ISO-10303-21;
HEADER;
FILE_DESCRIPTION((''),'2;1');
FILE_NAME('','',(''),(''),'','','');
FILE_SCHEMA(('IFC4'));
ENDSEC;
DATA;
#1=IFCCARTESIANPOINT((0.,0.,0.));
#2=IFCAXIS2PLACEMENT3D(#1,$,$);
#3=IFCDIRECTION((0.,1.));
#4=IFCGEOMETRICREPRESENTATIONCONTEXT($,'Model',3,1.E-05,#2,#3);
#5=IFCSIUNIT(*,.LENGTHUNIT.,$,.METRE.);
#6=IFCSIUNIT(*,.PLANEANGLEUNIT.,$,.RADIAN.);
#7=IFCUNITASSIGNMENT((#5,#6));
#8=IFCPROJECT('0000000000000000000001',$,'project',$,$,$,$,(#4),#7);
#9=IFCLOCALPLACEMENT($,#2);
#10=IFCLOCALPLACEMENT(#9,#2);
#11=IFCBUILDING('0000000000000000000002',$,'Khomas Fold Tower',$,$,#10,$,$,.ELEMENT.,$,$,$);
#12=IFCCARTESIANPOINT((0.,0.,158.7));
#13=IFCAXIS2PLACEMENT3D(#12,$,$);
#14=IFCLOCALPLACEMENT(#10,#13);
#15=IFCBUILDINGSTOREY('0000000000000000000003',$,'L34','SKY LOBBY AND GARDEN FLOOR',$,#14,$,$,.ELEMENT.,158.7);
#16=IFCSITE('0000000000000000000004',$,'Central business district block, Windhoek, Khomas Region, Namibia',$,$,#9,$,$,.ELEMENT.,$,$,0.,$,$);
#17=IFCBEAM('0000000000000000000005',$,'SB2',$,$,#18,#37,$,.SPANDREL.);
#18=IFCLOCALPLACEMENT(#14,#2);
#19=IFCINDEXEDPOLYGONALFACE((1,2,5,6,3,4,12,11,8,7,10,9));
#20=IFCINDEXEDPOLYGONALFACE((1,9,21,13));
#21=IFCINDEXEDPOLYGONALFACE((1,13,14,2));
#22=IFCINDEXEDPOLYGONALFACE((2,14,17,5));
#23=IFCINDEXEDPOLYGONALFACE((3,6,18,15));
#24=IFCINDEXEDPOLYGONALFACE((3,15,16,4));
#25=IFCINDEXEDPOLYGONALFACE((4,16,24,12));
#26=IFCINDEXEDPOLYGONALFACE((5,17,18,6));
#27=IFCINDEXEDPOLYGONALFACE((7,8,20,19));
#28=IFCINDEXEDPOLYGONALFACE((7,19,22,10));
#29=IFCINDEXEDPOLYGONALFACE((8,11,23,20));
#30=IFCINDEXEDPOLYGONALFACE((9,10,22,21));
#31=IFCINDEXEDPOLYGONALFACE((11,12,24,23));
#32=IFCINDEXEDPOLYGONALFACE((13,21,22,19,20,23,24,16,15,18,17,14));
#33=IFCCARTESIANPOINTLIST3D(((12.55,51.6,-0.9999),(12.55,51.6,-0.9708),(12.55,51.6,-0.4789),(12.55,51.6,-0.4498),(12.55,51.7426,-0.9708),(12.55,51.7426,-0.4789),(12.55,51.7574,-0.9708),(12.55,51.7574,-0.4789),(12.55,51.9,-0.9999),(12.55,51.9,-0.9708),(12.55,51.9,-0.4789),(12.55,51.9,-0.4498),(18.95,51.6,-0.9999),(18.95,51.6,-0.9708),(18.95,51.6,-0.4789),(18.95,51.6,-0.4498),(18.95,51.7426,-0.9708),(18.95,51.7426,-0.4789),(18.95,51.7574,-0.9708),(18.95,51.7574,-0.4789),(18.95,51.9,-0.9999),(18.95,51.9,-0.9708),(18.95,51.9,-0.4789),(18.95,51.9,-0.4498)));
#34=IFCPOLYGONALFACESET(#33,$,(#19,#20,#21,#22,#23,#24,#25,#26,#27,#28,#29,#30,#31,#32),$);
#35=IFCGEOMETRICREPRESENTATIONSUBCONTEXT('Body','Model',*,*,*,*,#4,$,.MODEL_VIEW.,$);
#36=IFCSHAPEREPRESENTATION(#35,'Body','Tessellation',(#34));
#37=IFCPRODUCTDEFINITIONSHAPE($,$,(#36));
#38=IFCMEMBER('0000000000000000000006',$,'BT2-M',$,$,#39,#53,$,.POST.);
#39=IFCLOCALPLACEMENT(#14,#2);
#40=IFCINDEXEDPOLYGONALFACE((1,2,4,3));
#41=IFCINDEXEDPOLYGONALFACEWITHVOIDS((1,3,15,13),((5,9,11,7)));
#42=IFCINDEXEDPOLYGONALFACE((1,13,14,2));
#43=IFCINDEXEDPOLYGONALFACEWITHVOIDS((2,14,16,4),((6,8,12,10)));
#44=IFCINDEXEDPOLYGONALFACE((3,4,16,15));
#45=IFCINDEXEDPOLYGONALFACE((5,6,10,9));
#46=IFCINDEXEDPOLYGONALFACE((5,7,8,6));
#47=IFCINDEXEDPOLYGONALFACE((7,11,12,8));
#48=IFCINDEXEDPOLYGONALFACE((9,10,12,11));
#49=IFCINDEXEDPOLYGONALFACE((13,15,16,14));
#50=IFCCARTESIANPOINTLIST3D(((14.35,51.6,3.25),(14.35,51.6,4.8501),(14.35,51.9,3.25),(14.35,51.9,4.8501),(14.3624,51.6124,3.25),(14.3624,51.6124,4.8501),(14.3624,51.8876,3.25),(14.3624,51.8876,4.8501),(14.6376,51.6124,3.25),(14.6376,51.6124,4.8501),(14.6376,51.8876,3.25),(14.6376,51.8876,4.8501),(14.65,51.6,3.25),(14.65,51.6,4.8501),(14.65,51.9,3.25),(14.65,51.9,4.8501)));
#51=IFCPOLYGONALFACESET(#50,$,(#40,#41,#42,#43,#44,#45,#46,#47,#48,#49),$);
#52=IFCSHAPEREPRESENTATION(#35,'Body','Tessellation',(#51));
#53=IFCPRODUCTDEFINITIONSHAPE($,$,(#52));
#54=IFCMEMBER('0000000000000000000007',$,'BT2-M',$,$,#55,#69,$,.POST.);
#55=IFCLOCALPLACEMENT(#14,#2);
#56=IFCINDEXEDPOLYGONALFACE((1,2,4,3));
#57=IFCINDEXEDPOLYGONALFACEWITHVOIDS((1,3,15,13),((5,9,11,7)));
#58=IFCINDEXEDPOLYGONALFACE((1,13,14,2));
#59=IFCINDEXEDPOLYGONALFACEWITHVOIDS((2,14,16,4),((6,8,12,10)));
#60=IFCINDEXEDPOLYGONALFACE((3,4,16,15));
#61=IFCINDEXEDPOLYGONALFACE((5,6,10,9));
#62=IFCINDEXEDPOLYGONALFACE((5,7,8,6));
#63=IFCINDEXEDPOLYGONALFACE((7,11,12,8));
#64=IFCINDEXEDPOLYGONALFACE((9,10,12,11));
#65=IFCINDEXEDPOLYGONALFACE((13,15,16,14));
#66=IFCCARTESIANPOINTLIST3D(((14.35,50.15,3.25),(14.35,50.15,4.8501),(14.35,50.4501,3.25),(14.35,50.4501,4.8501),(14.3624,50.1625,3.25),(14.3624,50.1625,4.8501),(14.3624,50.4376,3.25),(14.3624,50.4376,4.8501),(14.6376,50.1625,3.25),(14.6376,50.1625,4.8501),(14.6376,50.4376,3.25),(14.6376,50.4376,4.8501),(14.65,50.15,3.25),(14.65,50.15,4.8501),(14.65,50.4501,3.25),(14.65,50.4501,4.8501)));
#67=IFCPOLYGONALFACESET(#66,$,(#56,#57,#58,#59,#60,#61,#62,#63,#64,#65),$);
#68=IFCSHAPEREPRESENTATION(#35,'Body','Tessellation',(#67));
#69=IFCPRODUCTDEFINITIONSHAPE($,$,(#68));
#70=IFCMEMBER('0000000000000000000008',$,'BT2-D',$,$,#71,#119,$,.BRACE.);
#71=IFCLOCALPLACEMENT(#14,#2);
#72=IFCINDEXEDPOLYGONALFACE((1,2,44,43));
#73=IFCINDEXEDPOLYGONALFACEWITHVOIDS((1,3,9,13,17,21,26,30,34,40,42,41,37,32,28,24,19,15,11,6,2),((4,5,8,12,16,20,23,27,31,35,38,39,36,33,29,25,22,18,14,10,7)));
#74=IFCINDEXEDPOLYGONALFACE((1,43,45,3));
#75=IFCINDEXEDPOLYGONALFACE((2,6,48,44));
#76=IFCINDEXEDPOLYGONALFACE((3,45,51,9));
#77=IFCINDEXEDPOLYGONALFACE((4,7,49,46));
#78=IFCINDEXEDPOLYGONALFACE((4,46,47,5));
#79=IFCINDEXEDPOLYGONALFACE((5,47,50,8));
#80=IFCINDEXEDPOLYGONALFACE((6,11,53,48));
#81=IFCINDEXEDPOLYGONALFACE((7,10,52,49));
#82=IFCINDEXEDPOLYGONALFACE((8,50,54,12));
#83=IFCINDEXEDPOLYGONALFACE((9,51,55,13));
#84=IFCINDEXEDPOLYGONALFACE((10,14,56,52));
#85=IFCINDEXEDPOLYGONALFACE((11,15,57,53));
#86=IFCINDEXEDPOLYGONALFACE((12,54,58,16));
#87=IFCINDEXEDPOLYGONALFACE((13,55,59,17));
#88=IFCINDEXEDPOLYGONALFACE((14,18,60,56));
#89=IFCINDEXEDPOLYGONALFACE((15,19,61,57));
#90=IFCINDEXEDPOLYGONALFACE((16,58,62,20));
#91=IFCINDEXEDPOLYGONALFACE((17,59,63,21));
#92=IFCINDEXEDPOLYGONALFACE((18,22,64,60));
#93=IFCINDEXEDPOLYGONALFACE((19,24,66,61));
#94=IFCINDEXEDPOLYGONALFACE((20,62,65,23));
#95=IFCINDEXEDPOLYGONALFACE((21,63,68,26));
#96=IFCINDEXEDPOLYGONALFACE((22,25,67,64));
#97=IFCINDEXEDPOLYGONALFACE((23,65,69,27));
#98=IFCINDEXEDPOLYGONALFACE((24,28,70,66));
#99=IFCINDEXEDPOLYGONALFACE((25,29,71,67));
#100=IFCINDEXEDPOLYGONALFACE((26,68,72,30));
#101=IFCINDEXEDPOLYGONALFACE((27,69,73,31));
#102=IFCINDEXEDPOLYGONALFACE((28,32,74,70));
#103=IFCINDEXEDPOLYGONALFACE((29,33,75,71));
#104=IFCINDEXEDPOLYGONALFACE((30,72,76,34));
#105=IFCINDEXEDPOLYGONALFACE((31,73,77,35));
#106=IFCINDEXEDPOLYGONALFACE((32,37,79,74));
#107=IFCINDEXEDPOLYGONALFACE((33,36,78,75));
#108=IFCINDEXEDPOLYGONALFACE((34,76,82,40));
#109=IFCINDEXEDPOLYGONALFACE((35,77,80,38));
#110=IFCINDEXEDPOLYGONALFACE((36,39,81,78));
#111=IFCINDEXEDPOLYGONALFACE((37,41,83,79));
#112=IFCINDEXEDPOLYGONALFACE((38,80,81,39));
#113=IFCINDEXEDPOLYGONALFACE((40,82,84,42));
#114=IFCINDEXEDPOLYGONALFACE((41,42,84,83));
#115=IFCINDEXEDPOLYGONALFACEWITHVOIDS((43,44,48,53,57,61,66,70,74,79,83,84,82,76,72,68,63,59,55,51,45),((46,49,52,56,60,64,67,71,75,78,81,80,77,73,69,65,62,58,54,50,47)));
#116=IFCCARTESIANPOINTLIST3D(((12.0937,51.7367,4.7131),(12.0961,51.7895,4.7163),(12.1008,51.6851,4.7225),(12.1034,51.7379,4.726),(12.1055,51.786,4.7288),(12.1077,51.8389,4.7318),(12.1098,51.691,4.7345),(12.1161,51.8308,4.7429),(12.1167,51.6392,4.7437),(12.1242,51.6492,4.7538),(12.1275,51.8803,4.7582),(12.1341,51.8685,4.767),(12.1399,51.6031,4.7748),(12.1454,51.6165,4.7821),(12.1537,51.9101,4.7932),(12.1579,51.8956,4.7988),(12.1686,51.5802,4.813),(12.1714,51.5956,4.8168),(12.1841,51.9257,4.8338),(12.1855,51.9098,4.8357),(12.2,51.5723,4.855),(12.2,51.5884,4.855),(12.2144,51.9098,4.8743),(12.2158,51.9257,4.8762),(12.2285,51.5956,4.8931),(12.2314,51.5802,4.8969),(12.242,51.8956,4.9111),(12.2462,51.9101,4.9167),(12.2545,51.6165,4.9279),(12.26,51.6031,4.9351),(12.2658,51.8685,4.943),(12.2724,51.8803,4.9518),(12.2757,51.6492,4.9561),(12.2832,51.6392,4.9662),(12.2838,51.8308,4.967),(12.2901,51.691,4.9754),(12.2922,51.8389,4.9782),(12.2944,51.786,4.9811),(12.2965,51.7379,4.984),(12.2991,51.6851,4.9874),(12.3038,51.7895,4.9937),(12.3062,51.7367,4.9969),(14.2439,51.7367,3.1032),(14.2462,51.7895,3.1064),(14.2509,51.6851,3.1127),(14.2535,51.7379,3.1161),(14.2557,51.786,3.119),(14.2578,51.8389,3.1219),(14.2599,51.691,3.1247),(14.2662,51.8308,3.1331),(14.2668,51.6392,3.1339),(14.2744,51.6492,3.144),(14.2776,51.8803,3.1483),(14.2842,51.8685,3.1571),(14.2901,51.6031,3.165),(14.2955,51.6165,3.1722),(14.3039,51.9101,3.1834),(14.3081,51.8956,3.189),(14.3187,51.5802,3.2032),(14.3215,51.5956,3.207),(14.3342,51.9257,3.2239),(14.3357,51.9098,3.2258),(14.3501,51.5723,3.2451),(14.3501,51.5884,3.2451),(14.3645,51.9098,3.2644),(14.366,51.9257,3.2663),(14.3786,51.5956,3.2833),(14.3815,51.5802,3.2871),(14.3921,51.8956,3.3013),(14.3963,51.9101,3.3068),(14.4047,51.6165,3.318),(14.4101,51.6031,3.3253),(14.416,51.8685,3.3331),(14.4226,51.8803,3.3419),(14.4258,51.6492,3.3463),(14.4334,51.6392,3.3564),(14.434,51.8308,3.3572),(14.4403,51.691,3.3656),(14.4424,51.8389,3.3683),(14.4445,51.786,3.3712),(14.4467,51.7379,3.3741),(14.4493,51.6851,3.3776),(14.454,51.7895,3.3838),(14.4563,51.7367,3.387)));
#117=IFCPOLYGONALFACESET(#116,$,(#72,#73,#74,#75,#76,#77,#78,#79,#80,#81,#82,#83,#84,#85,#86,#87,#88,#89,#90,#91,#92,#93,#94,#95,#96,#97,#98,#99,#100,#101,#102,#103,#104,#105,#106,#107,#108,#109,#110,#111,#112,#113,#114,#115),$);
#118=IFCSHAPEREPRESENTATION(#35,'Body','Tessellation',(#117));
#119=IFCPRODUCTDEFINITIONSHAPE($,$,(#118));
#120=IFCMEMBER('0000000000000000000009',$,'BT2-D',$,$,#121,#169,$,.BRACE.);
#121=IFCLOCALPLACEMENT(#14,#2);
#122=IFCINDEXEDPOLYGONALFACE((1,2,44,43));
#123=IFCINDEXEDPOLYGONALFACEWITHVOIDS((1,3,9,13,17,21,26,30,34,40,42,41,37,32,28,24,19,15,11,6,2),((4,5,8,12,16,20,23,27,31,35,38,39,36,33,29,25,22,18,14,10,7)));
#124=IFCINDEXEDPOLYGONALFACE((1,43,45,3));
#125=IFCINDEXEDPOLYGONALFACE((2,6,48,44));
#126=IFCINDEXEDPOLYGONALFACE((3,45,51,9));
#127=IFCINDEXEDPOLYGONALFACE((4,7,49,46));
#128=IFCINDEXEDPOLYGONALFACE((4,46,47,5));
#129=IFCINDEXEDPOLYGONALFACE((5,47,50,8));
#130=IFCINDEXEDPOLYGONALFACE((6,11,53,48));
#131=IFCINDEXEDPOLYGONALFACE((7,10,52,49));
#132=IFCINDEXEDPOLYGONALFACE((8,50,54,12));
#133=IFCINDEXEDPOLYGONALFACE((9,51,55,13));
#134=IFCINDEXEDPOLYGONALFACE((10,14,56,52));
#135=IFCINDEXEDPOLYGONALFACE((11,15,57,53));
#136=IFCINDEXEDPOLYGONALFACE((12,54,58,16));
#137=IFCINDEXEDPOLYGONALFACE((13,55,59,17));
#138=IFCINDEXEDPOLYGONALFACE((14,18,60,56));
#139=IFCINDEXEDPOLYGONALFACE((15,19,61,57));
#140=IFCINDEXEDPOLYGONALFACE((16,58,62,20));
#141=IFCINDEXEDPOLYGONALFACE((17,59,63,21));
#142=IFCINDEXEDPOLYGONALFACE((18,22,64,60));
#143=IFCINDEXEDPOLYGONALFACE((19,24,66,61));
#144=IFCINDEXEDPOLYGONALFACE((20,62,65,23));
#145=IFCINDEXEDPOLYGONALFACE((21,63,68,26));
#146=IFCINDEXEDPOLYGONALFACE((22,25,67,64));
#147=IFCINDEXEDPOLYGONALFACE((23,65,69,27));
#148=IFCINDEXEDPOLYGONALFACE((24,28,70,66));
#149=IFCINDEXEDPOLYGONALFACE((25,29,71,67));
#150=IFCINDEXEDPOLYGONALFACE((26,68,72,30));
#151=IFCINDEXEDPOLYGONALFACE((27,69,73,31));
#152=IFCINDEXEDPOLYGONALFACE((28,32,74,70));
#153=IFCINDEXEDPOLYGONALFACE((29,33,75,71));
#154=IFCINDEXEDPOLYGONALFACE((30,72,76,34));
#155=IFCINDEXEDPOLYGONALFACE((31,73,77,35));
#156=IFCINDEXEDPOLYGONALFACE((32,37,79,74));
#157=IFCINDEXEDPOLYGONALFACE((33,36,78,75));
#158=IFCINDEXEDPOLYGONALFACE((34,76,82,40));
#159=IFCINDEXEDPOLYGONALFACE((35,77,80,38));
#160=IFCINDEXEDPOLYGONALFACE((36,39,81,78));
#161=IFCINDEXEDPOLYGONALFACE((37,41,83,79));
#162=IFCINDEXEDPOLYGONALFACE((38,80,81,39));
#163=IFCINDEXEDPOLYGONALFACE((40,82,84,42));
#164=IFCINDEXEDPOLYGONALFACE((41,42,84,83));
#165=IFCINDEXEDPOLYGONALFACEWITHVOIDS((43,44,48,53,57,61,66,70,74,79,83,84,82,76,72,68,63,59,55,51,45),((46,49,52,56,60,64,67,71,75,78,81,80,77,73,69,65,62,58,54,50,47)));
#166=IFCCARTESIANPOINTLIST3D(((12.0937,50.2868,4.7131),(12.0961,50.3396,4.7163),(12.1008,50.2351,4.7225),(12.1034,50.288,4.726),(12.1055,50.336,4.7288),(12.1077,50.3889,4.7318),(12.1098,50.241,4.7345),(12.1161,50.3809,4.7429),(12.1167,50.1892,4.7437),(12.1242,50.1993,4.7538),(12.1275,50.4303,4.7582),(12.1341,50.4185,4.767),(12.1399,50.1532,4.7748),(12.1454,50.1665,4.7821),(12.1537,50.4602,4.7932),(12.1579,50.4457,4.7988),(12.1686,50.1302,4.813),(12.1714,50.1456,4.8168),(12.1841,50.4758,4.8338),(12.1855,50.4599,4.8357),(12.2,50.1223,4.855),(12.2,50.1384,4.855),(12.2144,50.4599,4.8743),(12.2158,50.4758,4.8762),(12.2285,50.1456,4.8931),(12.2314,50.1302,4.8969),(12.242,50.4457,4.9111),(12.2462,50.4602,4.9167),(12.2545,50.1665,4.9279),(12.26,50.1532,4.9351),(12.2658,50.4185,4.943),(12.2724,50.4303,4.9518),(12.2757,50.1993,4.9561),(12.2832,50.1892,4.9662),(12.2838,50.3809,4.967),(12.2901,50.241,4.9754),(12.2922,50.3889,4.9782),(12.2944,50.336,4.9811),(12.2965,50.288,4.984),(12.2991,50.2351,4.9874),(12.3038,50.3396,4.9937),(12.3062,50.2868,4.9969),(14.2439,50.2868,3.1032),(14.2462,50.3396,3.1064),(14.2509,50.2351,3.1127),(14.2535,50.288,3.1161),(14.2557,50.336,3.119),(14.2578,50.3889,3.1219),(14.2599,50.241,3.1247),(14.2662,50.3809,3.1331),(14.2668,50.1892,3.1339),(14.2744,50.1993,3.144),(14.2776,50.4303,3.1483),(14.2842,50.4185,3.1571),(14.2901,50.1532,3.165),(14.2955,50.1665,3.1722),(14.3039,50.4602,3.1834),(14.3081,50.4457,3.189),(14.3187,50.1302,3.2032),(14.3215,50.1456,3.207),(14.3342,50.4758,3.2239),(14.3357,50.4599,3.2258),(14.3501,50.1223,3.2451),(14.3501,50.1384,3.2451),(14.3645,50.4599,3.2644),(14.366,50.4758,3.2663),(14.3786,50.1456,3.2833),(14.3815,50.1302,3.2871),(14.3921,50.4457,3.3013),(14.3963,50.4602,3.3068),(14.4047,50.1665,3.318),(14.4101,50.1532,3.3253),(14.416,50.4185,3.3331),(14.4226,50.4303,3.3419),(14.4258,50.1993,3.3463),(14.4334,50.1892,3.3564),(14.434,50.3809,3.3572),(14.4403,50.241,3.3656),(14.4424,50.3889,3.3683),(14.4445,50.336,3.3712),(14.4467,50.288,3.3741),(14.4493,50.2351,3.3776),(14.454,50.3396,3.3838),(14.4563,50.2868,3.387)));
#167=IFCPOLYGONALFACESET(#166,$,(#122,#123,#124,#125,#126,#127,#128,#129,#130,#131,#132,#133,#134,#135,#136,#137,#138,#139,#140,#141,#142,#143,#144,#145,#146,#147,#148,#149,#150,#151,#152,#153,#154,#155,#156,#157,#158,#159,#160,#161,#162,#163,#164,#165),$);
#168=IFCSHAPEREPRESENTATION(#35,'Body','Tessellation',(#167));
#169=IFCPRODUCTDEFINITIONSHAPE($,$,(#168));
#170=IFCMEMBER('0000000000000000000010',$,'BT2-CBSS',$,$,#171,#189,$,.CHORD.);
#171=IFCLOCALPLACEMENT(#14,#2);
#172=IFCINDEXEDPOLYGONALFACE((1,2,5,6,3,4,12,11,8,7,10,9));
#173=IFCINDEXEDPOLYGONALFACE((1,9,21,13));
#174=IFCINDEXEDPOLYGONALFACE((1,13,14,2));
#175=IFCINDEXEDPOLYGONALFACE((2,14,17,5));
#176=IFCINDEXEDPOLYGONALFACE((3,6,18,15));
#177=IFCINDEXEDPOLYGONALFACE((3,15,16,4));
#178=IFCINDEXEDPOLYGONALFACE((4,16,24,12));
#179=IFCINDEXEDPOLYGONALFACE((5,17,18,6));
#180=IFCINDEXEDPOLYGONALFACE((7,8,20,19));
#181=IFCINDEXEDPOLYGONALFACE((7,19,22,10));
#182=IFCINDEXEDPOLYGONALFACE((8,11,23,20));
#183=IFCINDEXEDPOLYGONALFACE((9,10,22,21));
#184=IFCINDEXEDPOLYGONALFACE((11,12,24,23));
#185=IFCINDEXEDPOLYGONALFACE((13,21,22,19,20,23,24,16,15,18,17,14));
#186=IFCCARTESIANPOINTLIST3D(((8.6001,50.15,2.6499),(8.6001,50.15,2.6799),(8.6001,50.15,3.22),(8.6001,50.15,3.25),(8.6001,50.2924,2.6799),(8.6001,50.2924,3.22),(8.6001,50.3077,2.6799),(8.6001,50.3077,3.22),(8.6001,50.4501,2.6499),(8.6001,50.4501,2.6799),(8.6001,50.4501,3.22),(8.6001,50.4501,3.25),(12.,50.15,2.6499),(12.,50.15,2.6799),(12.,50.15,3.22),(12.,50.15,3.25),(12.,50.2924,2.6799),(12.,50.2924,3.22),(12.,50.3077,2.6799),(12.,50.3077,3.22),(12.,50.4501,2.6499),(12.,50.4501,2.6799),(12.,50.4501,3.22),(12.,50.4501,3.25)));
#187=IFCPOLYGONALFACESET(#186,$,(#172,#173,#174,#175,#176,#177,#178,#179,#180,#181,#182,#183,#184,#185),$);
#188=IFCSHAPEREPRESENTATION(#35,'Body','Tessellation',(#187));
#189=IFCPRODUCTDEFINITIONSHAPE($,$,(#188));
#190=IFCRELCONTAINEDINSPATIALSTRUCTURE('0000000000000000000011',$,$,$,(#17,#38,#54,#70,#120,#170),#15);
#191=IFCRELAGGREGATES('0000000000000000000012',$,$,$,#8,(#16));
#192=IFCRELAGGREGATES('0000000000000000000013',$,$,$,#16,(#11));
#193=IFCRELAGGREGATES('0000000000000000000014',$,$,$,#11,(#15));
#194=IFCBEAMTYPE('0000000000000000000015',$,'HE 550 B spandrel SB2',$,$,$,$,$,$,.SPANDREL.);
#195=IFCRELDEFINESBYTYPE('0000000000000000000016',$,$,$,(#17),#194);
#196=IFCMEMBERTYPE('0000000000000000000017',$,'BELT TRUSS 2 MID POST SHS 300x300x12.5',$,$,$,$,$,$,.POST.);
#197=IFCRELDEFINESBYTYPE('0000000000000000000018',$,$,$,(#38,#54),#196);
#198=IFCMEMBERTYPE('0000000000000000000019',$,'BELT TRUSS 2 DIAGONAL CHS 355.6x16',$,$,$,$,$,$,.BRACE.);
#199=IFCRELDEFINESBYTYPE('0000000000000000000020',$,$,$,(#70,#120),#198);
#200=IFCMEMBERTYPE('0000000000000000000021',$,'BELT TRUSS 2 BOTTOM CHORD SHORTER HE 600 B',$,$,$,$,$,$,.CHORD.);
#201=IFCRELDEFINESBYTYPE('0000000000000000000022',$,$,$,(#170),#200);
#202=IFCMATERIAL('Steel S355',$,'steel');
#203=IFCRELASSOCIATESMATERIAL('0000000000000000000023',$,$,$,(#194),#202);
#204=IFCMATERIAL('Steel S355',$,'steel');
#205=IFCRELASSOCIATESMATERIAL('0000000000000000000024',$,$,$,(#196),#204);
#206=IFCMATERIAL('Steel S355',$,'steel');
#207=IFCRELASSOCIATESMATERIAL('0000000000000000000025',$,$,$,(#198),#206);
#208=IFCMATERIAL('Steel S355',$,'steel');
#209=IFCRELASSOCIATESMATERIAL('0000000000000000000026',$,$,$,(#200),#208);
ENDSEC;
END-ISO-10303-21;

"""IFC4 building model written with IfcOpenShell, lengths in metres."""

from ifc_helpers import new_model, si_unit, direction, frame, origin, origin_2d, place, context, subcontext, project, spatial, hollow_rectangle, hollow_circle, i_section, extrude, source, transform, mapped, material, material_profile, profile_set, type_object, element, save


model = new_model("IFC4")

# Units and contexts
model_context = context("Model", 3, precision=1e-05, world=origin(), true_north=direction((0.0, 1.0)))
body_context = subcontext(model_context, "Body", "Model", "MODEL_VIEW")
ifc_project = project(units=[si_unit("LENGTHUNIT", "METRE"), si_unit("PLANEANGLEUNIT", "RADIAN")], contexts=[model_context])

# Site, building, storey
site_placement = place(None, origin())
site = spatial("IfcSite", under=ifc_project, at=site_placement, Name="Central business district block, Windhoek, Khomas Region, Namibia", CompositionType="ELEMENT", RefElevation=0.0)
building_placement = place(site_placement, origin())
building = spatial("IfcBuilding", under=site, at=building_placement, Name="Khomas Fold Tower", CompositionType="ELEMENT")
storey_placement = place(building_placement, frame((0.0, 0.0, 158.7)))
storey = spatial("IfcBuildingStorey", under=building, at=storey_placement, Name="L34", Description="SKY LOBBY AND GARDEN FLOOR", CompositionType="ELEMENT", Elevation=158.7)

# Beam
ifc_material_1 = material(Name="Steel S355", Category="steel")
ifc_material_profile_1 = material_profile(ifc_material_1, i_section(OverallWidth=0.3, OverallDepth=0.55, WebThickness=0.0149, FlangeThickness=0.0291, at=origin_2d()), Name="HE 550 B")
ifc_profile_set_1 = profile_set([ifc_material_profile_1], Name="Steel S355")
beam_type_1 = type_object("IfcBeamType", Name="HE 550 B spandrel SB2", PredefinedType="SPANDREL", material=ifc_profile_set_1)
shared_shape_1 = source(origin(), body_context, "Body", "SweptSolid", [
    extrude(i_section(OverallWidth=0.3, OverallDepth=0.55, WebThickness=0.0149, FlangeThickness=0.0291, at=origin_2d()), origin(), (0.0, 0.0, 1.0), 6.3999),
])
beam_1_placement = place(storey_placement, frame((12.55, 51.75, -0.7249), z_axis=(1.0, 0.0, 0.0), x_axis=(0.0, 1.0, 0.0)))
element("IfcBeam", 1, at=beam_1_placement, inside=storey, type_object=beam_type_1, Name="SB2", PredefinedType="SPANDREL", context=body_context, shape_type="MappedRepresentation", body=[
    mapped(shared_shape_1, transform((0.0, 0.0, 0.0))),
])

# Members
ifc_material_2 = material(Name="Steel S355", Category="steel")
ifc_material_profile_2 = material_profile(ifc_material_2, hollow_rectangle(XDim=0.3, YDim=0.3, WallThickness=0.0125, at=origin_2d()), Name="SHS 300x300x12.5")
ifc_profile_set_2 = profile_set([ifc_material_profile_2], Name="Steel S355")
member_type_1 = type_object("IfcMemberType", Name="BELT TRUSS 2 MID POST SHS 300x300x12.5", PredefinedType="POST", material=ifc_profile_set_2)
shared_shape_2 = source(origin(), body_context, "Body", "SweptSolid", [
    extrude(hollow_rectangle(XDim=0.3, YDim=0.3, WallThickness=0.0125, at=origin_2d()), origin(), (0.0, 0.0, 1.0), 1.6001),
])
for number, where, z_axis, x_axis, name in (
    (2, (14.5, 51.75, 3.25), (0.0, 0.0, 1.0), (1.0, 0.0, 0.0), "BT2-M"),
    (3, (14.5, 50.3, 3.25), (0.0, 0.0, 1.0), (1.0, 0.0, 0.0), "BT2-M"),
):
    element("IfcMember", number, at=place(storey_placement, frame(where, z_axis=z_axis, x_axis=x_axis)), inside=storey, type_object=member_type_1, Name=name, PredefinedType="POST", context=body_context, shape_type="MappedRepresentation", body=[
        mapped(shared_shape_2, transform((0.0, 0.0, 0.0))),
    ])
ifc_material_3 = material(Name="Steel S355", Category="steel")
ifc_material_profile_3 = material_profile(ifc_material_3, hollow_circle(Radius=0.1777, WallThickness=0.0161, at=origin_2d()), Name="CHS 355.6x16")
ifc_profile_set_3 = profile_set([ifc_material_profile_3], Name="Steel S355")
member_type_2 = type_object("IfcMemberType", Name="BELT TRUSS 2 DIAGONAL CHS 355.6x16", PredefinedType="BRACE", material=ifc_profile_set_3)
shared_shape_3 = source(origin(), body_context, "Body", "SweptSolid", [
    extrude(hollow_circle(Radius=0.1777, WallThickness=0.0161, at=origin_2d()), origin(), (0.0, 0.0, 1.0), 2.686),
])
for number, where, z_axis, x_axis, name in (
    (4, (14.3501, 51.75, 3.2451), (-0.800491, 0.0, 0.599345), (0.0, -1.0, 0.0), "BT2-D"),
    (5, (14.3501, 50.3, 3.2451), (-0.800491, 0.0, 0.599345), (0.0, -1.0, 0.0), "BT2-D"),
):
    element("IfcMember", number, at=place(storey_placement, frame(where, z_axis=z_axis, x_axis=x_axis)), inside=storey, type_object=member_type_2, Name=name, PredefinedType="BRACE", context=body_context, shape_type="MappedRepresentation", body=[
        mapped(shared_shape_3, transform((0.0, 0.0, 0.0))),
    ])
ifc_material_4 = material(Name="Steel S355", Category="steel")
ifc_material_profile_4 = material_profile(ifc_material_4, i_section(OverallWidth=0.3, OverallDepth=0.6001, WebThickness=0.0154, FlangeThickness=0.03, at=origin_2d()), Name="HE 600 B")
ifc_profile_set_4 = profile_set([ifc_material_profile_4], Name="Steel S355")
member_type_3 = type_object("IfcMemberType", Name="BELT TRUSS 2 BOTTOM CHORD SHORTER HE 600 B", PredefinedType="CHORD", material=ifc_profile_set_4)
shared_shape_4 = source(origin(), body_context, "Body", "SweptSolid", [
    extrude(i_section(OverallWidth=0.3, OverallDepth=0.6001, WebThickness=0.0154, FlangeThickness=0.03, at=origin_2d()), origin(), (0.0, 0.0, 1.0), 3.3999),
])
member_1_placement = place(storey_placement, frame((12.0, 50.3, 2.95), z_axis=(-1.0, 0.0, 0.0), x_axis=(0.0, -1.0, 0.0)))
element("IfcMember", 6, at=member_1_placement, inside=storey, type_object=member_type_3, Name="BT2-CBSS", PredefinedType="CHORD", context=body_context, shape_type="MappedRepresentation", body=[
    mapped(shared_shape_4, transform((0.0, 0.0, 0.0))),
])

save(model, "model.ifc")
